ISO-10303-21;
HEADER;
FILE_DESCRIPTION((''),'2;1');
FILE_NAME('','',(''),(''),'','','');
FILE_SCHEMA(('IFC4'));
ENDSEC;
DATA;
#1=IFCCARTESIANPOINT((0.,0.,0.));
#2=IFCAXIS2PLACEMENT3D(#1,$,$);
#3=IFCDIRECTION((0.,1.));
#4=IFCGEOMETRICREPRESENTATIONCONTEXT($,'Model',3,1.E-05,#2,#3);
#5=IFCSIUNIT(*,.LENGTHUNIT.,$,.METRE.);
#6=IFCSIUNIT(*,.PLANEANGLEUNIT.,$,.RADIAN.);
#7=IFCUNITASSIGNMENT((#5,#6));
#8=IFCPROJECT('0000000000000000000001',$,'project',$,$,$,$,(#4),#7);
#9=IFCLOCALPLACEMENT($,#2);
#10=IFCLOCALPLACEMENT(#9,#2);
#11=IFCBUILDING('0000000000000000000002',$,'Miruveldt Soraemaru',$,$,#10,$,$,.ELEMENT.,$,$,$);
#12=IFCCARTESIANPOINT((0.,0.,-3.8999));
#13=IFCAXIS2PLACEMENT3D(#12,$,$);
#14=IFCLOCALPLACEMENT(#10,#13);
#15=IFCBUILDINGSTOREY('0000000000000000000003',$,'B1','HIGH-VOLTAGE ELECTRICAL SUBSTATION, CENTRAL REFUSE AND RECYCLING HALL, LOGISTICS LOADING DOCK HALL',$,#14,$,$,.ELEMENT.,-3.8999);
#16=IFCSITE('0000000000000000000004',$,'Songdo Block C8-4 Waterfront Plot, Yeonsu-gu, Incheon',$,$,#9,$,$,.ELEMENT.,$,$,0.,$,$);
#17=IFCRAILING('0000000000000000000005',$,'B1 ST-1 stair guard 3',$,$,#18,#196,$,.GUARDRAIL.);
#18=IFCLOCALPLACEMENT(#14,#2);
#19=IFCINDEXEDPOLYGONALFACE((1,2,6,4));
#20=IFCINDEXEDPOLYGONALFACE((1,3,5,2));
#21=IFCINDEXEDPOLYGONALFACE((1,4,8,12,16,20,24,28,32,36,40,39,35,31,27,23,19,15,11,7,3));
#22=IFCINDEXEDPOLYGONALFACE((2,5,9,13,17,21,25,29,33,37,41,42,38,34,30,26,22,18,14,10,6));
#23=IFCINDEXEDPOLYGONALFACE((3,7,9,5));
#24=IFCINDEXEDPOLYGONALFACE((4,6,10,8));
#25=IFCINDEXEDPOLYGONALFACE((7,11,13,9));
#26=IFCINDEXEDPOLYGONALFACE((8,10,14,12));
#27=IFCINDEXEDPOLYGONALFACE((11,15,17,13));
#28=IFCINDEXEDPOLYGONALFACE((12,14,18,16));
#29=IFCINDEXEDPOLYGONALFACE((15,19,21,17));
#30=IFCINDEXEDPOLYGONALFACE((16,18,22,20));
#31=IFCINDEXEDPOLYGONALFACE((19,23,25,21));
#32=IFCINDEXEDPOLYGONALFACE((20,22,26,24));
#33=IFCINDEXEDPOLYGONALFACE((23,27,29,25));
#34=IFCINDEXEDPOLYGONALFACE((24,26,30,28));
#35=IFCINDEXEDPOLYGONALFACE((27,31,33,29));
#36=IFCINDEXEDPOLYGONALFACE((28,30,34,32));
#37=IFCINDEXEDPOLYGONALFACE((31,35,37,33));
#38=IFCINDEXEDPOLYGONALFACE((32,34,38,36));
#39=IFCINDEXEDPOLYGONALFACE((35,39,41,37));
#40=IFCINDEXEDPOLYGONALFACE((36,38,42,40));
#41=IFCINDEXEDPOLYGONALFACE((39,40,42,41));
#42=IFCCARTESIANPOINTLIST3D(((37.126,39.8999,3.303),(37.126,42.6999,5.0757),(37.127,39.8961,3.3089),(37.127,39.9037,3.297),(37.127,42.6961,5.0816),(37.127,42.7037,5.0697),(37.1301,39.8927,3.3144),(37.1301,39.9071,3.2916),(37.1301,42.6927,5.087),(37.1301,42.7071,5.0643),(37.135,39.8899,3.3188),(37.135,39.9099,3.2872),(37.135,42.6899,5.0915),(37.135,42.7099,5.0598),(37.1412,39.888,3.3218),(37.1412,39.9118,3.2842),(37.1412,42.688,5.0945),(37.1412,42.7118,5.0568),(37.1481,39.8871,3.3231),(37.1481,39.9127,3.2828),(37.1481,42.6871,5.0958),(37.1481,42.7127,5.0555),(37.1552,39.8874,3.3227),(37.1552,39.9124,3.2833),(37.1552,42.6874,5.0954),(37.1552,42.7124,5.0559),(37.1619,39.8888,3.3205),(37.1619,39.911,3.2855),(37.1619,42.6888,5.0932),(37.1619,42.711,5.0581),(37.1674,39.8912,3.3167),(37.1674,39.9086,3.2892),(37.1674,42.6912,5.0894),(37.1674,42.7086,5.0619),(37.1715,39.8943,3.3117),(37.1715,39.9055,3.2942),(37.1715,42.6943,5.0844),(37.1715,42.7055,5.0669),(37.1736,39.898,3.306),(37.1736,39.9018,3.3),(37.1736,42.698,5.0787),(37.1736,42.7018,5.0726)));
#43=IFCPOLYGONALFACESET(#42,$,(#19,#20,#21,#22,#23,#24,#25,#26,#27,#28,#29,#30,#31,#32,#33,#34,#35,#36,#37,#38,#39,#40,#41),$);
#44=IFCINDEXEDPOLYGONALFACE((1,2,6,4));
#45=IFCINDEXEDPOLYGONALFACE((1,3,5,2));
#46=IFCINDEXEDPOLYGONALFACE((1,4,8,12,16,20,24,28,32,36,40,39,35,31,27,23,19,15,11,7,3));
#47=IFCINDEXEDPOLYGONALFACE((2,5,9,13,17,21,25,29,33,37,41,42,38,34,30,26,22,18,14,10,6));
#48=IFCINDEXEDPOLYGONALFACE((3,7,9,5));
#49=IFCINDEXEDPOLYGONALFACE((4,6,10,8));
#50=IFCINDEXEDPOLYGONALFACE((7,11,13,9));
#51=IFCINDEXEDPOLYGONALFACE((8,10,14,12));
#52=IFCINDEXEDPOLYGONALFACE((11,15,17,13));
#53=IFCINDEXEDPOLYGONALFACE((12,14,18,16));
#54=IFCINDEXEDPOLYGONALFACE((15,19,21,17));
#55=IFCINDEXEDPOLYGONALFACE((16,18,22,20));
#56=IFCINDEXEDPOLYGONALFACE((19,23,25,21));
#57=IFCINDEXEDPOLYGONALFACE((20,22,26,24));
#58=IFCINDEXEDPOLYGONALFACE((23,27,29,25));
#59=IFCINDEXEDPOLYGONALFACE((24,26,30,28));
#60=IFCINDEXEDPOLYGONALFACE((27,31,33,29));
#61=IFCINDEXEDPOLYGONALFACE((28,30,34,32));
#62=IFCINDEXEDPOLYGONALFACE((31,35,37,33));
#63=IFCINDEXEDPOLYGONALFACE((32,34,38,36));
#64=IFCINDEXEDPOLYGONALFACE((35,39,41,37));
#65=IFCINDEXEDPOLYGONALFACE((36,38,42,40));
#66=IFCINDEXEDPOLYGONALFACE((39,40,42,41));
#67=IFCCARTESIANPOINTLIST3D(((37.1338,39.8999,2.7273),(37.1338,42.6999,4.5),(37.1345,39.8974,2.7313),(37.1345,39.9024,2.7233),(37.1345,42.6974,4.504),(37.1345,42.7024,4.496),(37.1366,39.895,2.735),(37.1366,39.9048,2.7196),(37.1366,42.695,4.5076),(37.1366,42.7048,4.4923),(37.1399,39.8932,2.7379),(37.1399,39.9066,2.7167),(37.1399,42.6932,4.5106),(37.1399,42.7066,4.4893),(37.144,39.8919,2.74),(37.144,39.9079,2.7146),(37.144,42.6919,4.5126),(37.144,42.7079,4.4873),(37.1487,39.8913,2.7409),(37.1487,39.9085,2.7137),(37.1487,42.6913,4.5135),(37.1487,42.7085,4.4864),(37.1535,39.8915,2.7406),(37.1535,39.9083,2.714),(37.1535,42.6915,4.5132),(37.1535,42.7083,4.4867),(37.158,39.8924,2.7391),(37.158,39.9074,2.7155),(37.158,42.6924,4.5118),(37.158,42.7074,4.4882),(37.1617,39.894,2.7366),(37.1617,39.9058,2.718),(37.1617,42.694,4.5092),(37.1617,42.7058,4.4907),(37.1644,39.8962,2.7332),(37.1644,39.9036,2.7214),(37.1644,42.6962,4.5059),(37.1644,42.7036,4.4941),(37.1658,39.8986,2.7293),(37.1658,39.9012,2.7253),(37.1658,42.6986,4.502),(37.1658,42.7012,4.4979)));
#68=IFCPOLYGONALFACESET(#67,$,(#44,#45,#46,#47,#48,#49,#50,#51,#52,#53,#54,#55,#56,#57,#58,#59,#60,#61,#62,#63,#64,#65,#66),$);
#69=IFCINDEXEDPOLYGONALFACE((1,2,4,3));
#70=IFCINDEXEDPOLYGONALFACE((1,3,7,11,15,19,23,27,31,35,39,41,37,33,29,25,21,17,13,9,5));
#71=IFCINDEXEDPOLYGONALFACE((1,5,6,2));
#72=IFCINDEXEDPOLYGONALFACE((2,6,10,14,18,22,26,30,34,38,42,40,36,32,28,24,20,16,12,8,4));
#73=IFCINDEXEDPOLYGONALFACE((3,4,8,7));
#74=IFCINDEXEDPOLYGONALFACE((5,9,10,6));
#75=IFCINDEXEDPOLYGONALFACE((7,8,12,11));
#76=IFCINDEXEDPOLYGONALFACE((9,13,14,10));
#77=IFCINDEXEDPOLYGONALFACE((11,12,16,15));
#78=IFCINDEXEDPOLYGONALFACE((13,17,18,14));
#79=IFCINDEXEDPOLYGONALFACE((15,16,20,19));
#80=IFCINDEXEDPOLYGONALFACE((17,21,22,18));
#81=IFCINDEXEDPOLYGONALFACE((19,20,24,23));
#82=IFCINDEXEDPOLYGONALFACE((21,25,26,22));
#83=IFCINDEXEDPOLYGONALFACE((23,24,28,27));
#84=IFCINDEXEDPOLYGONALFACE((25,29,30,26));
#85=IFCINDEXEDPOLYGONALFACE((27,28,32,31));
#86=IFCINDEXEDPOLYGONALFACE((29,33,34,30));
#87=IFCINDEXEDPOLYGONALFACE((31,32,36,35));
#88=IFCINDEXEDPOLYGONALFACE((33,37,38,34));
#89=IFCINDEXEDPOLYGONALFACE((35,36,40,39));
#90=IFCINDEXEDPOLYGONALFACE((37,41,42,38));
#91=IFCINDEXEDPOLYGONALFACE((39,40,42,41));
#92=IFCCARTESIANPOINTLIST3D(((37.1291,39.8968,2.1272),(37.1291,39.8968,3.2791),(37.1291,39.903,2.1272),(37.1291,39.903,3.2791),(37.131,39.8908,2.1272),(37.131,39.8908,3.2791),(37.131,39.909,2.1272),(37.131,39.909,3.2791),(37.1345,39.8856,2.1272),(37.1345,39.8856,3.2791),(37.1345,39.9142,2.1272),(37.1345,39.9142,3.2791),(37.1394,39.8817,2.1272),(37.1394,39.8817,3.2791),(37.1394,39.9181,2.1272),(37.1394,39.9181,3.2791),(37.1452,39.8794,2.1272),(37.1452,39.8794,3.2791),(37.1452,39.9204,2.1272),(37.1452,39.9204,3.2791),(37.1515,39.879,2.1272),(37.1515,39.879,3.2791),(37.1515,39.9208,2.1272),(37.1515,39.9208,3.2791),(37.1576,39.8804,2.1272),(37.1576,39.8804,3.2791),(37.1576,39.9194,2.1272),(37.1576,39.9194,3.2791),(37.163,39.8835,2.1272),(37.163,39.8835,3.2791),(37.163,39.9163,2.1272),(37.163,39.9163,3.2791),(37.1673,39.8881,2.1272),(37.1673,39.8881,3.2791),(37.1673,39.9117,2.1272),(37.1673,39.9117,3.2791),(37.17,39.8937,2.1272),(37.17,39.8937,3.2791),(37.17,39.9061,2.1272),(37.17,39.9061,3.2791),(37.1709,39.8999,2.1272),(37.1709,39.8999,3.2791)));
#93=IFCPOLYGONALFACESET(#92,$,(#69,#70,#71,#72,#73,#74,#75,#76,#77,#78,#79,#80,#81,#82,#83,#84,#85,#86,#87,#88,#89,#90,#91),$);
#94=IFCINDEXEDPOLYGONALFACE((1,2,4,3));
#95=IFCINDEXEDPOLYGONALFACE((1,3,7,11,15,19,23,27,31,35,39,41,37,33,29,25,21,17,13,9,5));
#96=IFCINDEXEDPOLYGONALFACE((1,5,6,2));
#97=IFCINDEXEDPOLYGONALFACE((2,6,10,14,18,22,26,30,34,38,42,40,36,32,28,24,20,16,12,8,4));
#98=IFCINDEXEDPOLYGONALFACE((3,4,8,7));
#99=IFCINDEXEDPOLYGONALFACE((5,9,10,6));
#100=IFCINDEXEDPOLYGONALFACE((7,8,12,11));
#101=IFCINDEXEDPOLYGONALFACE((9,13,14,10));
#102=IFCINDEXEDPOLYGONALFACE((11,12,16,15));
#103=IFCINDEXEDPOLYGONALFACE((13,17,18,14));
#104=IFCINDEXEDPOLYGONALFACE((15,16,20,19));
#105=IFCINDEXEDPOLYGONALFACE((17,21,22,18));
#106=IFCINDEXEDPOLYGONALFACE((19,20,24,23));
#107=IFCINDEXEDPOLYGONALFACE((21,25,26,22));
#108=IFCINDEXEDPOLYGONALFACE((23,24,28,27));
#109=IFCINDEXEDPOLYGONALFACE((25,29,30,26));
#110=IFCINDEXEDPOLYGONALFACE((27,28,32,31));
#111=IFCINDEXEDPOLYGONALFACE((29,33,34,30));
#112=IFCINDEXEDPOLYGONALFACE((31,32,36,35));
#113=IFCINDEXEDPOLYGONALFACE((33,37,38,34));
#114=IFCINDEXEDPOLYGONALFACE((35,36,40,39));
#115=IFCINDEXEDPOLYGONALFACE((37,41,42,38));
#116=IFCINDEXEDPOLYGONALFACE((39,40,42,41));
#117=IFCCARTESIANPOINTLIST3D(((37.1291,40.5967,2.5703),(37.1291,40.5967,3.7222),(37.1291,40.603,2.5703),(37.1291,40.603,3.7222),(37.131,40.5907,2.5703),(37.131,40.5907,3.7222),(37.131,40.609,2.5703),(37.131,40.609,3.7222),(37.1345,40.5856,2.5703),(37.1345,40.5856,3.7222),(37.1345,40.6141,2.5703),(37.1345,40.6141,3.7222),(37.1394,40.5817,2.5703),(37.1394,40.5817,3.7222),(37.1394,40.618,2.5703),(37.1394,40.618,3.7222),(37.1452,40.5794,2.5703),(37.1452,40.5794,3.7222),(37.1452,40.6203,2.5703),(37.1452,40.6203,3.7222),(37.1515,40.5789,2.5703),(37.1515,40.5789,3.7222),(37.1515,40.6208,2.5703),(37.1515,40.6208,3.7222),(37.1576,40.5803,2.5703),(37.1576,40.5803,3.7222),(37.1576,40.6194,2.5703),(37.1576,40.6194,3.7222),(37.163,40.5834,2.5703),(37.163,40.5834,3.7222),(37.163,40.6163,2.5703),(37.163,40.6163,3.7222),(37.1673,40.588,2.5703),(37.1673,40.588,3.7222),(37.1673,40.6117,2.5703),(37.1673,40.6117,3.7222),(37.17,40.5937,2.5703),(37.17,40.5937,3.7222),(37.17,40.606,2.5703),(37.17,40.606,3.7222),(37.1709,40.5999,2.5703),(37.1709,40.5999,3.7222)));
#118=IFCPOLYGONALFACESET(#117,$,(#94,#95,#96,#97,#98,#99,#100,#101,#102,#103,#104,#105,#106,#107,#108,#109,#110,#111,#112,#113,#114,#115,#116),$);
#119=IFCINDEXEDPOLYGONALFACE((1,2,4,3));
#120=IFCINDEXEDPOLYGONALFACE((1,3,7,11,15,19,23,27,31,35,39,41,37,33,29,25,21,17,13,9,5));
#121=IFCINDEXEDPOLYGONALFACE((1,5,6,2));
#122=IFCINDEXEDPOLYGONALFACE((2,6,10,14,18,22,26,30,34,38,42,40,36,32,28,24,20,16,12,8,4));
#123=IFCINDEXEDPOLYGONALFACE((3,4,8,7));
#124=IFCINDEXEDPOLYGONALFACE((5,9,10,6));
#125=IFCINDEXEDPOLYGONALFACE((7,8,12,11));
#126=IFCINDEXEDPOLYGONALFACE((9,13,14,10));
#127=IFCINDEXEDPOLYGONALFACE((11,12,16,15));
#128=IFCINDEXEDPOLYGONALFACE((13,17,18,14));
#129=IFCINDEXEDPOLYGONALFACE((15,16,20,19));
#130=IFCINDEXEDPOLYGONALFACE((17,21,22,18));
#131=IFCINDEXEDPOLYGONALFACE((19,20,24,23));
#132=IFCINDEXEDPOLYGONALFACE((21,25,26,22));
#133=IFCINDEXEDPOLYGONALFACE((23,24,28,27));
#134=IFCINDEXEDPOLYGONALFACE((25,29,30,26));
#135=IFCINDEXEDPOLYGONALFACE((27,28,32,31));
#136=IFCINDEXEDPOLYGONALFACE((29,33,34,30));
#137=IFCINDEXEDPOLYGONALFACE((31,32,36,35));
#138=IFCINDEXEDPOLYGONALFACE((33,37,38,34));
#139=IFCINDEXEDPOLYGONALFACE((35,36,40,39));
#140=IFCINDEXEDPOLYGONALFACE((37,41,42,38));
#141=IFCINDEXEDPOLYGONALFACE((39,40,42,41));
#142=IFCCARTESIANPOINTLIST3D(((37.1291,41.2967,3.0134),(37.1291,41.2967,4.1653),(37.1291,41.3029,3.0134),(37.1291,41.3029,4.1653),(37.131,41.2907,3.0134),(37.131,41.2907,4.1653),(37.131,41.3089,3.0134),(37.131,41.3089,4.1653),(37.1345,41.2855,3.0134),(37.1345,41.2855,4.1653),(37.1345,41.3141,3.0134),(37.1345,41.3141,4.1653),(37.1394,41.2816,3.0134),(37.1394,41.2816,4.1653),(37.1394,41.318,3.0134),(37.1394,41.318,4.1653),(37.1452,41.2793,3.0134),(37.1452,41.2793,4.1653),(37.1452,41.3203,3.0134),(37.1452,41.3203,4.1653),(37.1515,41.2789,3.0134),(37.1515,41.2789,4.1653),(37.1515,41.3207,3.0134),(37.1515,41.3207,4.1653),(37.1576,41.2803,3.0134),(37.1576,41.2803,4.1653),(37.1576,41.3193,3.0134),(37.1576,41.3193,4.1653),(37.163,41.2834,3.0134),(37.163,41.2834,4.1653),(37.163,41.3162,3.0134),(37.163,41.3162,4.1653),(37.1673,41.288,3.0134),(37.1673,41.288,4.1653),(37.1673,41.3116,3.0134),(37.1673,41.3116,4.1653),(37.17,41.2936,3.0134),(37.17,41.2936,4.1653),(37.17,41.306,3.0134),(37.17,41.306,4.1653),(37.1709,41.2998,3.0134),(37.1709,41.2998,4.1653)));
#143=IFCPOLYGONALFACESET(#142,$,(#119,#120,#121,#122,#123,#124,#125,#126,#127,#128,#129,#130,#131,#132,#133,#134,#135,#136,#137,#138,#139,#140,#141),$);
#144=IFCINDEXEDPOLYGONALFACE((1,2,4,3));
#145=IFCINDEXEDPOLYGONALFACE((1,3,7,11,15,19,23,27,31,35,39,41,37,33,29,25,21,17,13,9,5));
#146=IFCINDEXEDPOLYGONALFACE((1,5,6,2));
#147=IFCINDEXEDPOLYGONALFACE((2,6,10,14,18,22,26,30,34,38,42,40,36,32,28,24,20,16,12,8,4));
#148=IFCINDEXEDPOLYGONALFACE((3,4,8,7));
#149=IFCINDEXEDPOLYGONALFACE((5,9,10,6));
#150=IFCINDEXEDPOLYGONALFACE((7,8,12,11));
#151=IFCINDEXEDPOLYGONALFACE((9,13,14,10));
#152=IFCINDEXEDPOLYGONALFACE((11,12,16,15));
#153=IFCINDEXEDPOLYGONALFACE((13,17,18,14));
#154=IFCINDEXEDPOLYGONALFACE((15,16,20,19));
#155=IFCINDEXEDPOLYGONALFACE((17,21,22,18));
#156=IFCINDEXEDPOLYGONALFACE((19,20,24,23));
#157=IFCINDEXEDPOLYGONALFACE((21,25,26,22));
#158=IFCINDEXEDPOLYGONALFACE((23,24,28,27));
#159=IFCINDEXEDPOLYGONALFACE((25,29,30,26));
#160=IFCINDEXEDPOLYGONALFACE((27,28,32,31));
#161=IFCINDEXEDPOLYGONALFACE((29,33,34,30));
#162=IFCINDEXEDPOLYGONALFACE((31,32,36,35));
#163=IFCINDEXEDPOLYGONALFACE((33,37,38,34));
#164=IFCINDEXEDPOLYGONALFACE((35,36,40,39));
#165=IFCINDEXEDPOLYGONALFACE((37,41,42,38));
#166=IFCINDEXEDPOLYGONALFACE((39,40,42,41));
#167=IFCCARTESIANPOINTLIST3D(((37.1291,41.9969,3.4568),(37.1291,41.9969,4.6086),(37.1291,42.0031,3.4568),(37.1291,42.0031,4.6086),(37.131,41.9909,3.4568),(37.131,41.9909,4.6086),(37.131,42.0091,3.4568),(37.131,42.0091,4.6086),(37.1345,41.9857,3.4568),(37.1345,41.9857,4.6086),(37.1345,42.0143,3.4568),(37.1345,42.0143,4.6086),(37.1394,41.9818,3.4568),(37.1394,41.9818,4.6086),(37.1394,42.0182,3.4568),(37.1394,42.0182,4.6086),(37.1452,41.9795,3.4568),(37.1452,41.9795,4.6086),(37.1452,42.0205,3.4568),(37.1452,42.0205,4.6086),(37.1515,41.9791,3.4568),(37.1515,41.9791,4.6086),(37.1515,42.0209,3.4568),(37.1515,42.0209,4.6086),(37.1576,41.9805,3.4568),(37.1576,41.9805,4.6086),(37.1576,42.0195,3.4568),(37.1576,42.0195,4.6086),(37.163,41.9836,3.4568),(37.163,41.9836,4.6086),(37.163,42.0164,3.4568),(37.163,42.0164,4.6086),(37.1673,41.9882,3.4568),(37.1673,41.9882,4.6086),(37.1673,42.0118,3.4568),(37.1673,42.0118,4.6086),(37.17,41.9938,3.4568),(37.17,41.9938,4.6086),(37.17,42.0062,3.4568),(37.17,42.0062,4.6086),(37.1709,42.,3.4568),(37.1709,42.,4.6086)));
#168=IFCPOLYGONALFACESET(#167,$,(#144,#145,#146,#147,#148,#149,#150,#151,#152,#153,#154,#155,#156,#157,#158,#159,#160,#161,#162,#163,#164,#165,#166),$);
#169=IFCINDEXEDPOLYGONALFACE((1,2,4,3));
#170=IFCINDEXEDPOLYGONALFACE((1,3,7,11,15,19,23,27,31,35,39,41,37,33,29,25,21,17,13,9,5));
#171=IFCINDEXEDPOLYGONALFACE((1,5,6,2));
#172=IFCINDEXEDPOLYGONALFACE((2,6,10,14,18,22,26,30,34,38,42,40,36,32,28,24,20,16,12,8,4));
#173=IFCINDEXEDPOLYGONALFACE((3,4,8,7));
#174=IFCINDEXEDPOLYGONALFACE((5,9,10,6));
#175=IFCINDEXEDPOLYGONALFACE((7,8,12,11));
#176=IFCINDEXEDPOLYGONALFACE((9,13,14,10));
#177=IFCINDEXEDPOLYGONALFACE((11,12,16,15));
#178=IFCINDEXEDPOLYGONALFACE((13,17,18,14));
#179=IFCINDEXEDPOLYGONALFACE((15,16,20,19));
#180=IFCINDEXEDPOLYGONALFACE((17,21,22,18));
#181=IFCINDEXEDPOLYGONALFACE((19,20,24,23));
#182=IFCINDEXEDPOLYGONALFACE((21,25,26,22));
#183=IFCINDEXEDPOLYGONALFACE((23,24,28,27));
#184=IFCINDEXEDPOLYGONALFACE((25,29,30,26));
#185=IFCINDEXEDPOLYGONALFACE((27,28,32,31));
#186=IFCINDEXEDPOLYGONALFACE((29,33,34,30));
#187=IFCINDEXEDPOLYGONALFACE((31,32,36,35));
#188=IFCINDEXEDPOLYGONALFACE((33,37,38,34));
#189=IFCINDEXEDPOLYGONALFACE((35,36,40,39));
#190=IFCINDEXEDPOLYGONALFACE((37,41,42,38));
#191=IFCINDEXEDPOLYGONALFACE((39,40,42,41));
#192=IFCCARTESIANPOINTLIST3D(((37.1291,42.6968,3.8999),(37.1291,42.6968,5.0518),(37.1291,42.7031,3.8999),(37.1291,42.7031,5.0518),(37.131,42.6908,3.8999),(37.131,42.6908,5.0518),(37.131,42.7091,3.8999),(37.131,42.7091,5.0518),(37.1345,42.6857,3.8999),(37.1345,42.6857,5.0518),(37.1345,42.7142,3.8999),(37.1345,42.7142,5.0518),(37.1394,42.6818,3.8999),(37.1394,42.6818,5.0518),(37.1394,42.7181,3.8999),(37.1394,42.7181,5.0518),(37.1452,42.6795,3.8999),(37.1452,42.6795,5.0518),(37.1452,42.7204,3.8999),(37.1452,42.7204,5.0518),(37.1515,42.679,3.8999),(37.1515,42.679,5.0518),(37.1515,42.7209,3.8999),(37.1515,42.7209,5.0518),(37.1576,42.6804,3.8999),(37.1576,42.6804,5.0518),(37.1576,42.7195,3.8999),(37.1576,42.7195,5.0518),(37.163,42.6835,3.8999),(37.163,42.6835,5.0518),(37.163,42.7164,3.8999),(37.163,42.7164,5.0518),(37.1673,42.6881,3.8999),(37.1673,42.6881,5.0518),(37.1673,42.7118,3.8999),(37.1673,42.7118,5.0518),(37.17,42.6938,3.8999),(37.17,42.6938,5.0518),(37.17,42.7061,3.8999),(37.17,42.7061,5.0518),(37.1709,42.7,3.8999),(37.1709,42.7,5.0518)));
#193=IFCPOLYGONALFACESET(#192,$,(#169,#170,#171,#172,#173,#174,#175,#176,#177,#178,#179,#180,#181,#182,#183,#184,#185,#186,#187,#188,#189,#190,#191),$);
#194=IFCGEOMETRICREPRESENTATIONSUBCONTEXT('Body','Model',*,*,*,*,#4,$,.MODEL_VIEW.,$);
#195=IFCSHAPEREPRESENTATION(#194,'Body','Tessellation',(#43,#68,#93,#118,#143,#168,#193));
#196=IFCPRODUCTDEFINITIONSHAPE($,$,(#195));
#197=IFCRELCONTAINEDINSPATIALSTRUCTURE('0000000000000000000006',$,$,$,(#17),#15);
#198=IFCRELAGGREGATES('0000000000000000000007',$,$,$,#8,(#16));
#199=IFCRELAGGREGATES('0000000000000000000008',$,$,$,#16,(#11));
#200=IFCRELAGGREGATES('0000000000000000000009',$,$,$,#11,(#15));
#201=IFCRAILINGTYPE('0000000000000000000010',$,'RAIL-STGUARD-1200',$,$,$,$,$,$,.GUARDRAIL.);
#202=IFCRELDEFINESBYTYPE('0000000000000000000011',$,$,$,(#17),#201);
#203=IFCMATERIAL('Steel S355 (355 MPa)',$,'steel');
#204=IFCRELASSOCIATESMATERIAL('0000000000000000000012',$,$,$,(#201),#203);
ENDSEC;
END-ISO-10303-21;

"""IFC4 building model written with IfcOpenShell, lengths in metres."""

from ifc_helpers import new_model, si_unit, direction, frame, origin, origin_2d, place, context, subcontext, project, spatial, circle, extrude, material, type_object, element, save


model = new_model("IFC4")

# Units and contexts
model_context = context("Model", 3, precision=1e-05, world=origin(), true_north=direction((0.0, 1.0)))
body_context = subcontext(model_context, "Body", "Model", "MODEL_VIEW")
ifc_project = project(units=[si_unit("LENGTHUNIT", "METRE"), si_unit("PLANEANGLEUNIT", "RADIAN")], contexts=[model_context])

# Site, building, storey
site_placement = place(None, origin())
site = spatial("IfcSite", under=ifc_project, at=site_placement, Name="Songdo Block C8-4 Waterfront Plot, Yeonsu-gu, Incheon", CompositionType="ELEMENT", RefElevation=0.0)
building_placement = place(site_placement, origin())
building = spatial("IfcBuilding", under=site, at=building_placement, Name="Miruveldt Soraemaru", CompositionType="ELEMENT")
storey_placement = place(building_placement, frame((0.0, 0.0, -3.8999)))
storey = spatial("IfcBuildingStorey", under=building, at=storey_placement, Name="B1", Description="HIGH-VOLTAGE ELECTRICAL SUBSTATION, CENTRAL REFUSE AND RECYCLING HALL, LOGISTICS LOADING DOCK HALL", CompositionType="ELEMENT", Elevation=-3.8999)

# Railing
ifc_material_1 = material(Name="Steel S355 (355 MPa)", Category="steel")
railing_type_1 = type_object("IfcRailingType", Name="RAIL-STGUARD-1200", PredefinedType="GUARDRAIL", material=ifc_material_1)
railing_1_placement = place(storey_placement, frame((37.1499, 39.8999, 2.1272)))
element("IfcRailing", 1, at=railing_1_placement, inside=storey, type_object=railing_type_1, Name="B1 ST-1 stair guard 3", PredefinedType="GUARDRAIL", context=body_context, shape_type="SweptSolid", body=[
    extrude(circle(Radius=0.0239, at=origin_2d()), frame((0.0, 0.0, 1.1758), z_axis=(0.0, 0.844909, 0.53491), x_axis=(-1.0, 0.0, 0.0)), (0.0, 0.0, 1.0), 3.314),
    extrude(circle(Radius=0.0161, at=origin_2d()), frame((0.0, 0.0, 0.6001), z_axis=(0.0, 0.844909, 0.53491), x_axis=(-1.0, 0.0, 0.0)), (0.0, 0.0, 1.0), 3.314),
    extrude(circle(Radius=0.021, at=origin_2d()), origin(), (0.0, 0.0, 1.0), 1.1519),
    extrude(circle(Radius=0.021, at=origin_2d()), frame((0.0, 0.7, 0.4431)), (0.0, 0.0, 1.0), 1.1519),
    extrude(circle(Radius=0.021, at=origin_2d()), frame((0.0, 1.3999, 0.8862)), (0.0, 0.0, 1.0), 1.1519),
    extrude(circle(Radius=0.021, at=origin_2d()), frame((0.0, 2.1001, 1.3296)), (0.0, 0.0, 1.0), 1.1519),
    extrude(circle(Radius=0.021, at=origin_2d()), frame((0.0, 2.8, 1.7727)), (0.0, 0.0, 1.0), 1.1519),
])

save(model, "model.ifc")
